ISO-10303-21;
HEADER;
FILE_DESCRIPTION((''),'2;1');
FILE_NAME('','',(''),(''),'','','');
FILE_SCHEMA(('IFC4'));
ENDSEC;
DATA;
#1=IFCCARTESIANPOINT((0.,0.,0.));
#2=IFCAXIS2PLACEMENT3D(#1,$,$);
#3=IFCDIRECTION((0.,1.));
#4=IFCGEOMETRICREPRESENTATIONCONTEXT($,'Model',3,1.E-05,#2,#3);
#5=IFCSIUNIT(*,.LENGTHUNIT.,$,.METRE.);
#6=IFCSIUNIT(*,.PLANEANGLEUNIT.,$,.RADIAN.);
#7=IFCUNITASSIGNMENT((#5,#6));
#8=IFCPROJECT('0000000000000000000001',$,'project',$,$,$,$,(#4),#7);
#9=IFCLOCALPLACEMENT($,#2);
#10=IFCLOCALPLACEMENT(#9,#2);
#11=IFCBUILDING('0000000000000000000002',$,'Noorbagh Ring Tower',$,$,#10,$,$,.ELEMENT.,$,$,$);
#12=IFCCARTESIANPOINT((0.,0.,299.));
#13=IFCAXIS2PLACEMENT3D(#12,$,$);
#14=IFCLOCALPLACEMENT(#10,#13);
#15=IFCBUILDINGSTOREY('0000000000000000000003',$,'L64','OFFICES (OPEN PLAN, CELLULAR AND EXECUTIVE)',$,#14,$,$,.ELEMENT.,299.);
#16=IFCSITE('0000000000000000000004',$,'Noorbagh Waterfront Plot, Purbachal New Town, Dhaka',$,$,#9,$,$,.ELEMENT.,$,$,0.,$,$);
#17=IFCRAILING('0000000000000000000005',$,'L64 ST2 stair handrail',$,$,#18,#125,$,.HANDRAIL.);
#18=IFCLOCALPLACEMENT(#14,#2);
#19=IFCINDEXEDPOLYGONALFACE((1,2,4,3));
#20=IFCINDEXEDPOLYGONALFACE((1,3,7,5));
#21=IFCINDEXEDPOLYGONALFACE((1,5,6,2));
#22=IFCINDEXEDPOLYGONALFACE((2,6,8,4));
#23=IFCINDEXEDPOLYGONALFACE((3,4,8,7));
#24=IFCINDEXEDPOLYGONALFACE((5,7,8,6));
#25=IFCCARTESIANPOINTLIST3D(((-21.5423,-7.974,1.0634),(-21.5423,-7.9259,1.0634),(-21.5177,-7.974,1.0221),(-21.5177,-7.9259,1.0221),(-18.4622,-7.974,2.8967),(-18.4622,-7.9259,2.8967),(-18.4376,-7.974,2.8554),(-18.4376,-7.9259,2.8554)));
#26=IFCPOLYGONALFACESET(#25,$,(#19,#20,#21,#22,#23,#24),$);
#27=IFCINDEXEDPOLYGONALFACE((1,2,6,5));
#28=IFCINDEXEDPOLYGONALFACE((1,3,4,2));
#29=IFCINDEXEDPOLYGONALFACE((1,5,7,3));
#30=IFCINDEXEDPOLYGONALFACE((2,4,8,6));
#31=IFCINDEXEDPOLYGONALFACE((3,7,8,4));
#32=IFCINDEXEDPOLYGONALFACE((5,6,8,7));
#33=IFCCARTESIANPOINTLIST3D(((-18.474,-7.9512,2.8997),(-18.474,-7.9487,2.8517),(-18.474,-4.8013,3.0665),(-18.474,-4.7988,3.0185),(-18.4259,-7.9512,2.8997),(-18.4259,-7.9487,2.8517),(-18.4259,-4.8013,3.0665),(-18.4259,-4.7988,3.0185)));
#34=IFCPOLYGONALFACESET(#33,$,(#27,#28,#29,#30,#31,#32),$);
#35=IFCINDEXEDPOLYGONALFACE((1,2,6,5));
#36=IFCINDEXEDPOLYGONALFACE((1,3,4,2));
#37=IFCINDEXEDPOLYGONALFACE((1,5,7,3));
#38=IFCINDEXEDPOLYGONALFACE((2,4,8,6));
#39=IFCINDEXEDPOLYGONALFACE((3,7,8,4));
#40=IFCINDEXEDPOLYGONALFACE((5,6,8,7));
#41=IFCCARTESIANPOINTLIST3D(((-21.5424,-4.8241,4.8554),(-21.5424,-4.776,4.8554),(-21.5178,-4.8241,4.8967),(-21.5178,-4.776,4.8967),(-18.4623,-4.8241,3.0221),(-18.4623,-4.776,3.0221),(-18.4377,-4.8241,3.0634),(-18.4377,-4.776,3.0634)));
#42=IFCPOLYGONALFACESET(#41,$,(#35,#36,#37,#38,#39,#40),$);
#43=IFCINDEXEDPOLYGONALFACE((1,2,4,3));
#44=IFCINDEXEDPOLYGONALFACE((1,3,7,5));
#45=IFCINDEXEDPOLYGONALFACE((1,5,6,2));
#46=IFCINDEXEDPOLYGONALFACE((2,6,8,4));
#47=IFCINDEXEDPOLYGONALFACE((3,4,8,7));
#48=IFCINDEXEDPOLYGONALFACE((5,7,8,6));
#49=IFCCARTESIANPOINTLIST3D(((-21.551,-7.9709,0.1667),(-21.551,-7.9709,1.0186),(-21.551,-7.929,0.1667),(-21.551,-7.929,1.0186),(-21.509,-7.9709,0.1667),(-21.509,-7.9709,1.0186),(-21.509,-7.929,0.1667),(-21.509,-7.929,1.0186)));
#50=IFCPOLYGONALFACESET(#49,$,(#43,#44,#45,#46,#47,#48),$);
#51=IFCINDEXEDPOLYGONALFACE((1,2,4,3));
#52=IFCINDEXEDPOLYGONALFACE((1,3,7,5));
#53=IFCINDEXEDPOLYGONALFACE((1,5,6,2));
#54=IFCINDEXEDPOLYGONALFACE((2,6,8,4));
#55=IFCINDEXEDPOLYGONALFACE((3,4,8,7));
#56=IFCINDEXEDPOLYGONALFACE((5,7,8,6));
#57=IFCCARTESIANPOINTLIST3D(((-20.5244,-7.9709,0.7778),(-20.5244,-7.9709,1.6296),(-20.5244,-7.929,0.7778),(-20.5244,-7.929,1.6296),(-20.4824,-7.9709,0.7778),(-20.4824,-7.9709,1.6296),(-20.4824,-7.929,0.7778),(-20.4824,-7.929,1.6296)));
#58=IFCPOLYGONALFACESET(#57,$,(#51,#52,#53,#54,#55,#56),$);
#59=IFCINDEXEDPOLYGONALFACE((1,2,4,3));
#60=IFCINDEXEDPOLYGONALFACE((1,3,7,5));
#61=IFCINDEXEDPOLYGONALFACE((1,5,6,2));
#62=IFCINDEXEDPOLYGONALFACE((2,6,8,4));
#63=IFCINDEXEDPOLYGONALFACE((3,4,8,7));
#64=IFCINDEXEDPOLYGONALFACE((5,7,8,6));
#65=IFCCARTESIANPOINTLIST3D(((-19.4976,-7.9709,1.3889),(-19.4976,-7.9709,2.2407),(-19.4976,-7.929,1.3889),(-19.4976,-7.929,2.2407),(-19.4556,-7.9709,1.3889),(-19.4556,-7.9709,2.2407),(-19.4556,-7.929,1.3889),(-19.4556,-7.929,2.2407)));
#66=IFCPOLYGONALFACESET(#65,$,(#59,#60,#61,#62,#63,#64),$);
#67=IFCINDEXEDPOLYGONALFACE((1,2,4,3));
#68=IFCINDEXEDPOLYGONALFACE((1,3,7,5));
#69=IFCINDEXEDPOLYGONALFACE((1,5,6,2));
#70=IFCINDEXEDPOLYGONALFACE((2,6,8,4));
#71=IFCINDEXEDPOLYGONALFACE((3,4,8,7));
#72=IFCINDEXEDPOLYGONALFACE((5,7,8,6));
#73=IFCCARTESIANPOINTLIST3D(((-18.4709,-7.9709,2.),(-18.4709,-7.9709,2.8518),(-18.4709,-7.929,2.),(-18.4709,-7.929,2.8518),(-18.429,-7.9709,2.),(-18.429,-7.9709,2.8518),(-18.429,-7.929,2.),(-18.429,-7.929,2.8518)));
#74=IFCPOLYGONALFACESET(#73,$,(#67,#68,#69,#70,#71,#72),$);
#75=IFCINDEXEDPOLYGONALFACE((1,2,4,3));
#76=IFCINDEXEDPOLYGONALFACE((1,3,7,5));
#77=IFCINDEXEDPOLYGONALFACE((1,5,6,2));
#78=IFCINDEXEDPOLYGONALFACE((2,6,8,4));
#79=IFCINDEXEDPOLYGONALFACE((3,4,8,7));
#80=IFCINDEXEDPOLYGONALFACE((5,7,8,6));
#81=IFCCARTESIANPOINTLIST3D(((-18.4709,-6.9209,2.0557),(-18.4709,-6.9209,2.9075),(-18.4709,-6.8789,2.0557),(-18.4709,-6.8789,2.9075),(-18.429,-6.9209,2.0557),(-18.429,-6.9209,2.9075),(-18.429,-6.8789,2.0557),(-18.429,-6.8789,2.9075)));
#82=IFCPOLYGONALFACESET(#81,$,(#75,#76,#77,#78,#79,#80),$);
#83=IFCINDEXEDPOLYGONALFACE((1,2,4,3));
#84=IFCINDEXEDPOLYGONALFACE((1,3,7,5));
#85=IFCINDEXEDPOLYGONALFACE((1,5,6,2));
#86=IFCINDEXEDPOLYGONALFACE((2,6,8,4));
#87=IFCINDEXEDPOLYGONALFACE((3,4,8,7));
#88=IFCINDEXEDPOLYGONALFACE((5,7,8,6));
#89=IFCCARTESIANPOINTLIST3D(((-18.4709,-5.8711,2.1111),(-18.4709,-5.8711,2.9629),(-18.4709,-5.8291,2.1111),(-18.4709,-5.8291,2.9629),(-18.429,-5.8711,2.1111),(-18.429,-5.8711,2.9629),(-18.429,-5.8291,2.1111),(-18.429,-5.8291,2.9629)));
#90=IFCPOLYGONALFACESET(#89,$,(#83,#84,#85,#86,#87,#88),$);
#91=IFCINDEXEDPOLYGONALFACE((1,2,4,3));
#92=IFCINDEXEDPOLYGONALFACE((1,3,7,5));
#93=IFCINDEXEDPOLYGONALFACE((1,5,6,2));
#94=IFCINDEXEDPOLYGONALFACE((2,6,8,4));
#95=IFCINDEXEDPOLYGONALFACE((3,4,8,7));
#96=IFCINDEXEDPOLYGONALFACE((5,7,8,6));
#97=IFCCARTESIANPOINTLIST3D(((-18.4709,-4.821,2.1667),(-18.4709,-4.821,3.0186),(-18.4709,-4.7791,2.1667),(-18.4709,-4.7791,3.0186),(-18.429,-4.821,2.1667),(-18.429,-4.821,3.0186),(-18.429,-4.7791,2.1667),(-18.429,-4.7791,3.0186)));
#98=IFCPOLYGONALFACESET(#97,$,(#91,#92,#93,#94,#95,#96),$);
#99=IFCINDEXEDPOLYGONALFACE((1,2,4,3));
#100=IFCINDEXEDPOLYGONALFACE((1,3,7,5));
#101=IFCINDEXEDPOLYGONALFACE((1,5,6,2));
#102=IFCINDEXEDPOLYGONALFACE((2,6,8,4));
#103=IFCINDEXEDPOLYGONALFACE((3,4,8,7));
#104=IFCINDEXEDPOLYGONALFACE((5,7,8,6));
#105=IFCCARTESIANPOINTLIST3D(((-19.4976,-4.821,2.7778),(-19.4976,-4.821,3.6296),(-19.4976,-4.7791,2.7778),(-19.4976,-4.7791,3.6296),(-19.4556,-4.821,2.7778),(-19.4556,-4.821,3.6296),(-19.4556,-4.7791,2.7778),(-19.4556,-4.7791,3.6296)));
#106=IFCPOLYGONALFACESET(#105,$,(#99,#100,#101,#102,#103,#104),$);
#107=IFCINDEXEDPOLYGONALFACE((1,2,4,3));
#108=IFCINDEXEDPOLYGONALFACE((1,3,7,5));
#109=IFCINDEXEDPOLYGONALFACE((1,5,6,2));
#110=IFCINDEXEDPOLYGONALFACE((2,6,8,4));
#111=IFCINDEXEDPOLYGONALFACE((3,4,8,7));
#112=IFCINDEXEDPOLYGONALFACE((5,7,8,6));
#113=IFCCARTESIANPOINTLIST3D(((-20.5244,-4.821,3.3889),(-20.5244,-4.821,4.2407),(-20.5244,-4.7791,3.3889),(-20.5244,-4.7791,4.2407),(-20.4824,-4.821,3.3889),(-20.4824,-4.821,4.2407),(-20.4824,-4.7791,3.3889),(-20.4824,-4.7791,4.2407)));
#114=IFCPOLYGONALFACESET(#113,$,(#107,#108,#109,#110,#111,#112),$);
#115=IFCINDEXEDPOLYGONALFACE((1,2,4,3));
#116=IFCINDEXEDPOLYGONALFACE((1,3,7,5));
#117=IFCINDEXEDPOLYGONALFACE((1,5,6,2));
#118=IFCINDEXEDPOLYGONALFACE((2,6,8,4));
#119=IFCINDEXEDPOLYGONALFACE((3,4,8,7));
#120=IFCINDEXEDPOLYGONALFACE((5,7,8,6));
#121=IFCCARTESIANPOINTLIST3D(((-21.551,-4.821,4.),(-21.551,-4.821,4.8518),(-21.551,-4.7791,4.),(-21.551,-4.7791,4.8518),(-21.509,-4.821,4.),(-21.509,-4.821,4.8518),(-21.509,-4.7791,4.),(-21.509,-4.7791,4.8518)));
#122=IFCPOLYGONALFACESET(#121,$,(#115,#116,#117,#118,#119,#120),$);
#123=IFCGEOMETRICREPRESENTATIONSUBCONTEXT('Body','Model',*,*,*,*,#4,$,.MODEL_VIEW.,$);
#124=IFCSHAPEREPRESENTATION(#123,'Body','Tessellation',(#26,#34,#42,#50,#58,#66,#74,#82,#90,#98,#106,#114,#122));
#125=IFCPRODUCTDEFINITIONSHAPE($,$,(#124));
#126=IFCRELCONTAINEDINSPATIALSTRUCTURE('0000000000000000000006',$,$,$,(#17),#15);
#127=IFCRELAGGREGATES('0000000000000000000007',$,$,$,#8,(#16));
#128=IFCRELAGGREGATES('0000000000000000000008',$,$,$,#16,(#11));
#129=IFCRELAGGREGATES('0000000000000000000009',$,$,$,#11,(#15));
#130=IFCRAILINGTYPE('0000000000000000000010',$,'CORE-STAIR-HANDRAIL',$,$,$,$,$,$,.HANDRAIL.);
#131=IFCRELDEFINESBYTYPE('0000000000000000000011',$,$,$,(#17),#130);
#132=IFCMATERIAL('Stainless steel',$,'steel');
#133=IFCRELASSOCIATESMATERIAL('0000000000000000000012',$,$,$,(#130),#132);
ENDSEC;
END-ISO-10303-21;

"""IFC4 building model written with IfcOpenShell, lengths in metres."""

from ifc_helpers import new_model, si_unit, direction, frame, origin, origin_2d, place, context, subcontext, project, spatial, rectangle, extrude, material, type_object, element, save


model = new_model("IFC4")

# Units and contexts
model_context = context("Model", 3, precision=1e-05, world=origin(), true_north=direction((0.0, 1.0)))
body_context = subcontext(model_context, "Body", "Model", "MODEL_VIEW")
ifc_project = project(units=[si_unit("LENGTHUNIT", "METRE"), si_unit("PLANEANGLEUNIT", "RADIAN")], contexts=[model_context])

# Site, building, storey
site_placement = place(None, origin())
site = spatial("IfcSite", under=ifc_project, at=site_placement, Name="Noorbagh Waterfront Plot, Purbachal New Town, Dhaka", CompositionType="ELEMENT", RefElevation=0.0)
building_placement = place(site_placement, origin())
building = spatial("IfcBuilding", under=site, at=building_placement, Name="Noorbagh Ring Tower", CompositionType="ELEMENT")
storey_placement = place(building_placement, frame((0.0, 0.0, 299.0)))
storey = spatial("IfcBuildingStorey", under=building, at=storey_placement, Name="L64", Description="OFFICES (OPEN PLAN, CELLULAR AND EXECUTIVE)", CompositionType="ELEMENT", Elevation=299.0)

# Railing
ifc_material_1 = material(Name="Stainless steel", Category="steel")
railing_type_1 = type_object("IfcRailingType", Name="CORE-STAIR-HANDRAIL", PredefinedType="HANDRAIL", material=ifc_material_1)
railing_1_placement = place(storey_placement, frame((-21.53, -7.95, 0.1667)))
element("IfcRailing", 1, at=railing_1_placement, inside=storey, type_object=railing_type_1, Name="L64 ST2 stair handrail", PredefinedType="HANDRAIL", context=body_context, shape_type="SweptSolid", body=[
    extrude(rectangle(XDim=0.0481, YDim=0.0481, at=origin_2d()), frame((0.0, 0.0, 0.876), z_axis=(0.859309, 0.0, 0.511458), x_axis=(0.0, 1.0, 0.0)), (0.0, 0.0, 1.0), 3.5845),
    extrude(rectangle(XDim=0.0481, YDim=0.0481, at=origin_2d()), frame((3.0801, 0.0, 2.709), z_axis=(0.0, 0.998602, 0.052864), x_axis=(-1.0, 0.0, 0.0)), (0.0, 0.0, 1.0), 3.1543),
    extrude(rectangle(XDim=0.0481, YDim=0.0481, at=origin_2d()), frame((3.0801, 3.1499, 2.876), z_axis=(-0.859309, 0.0, 0.511458), x_axis=(0.0, -1.0, 0.0)), (0.0, 0.0, 1.0), 3.5845),
    extrude(rectangle(XDim=0.042, YDim=0.042, at=origin_2d()), origin(), (0.0, 0.0, 1.0), 0.8518),
    extrude(rectangle(XDim=0.042, YDim=0.042, at=origin_2d()), frame((1.0266, 0.0, 0.6111)), (0.0, 0.0, 1.0), 0.8518),
    extrude(rectangle(XDim=0.042, YDim=0.042, at=origin_2d()), frame((2.0535, 0.0, 1.2222)), (0.0, 0.0, 1.0), 0.8518),
    extrude(rectangle(XDim=0.042, YDim=0.042, at=origin_2d()), frame((3.0801, 0.0, 1.8333)), (0.0, 0.0, 1.0), 0.8518),
    extrude(rectangle(XDim=0.042, YDim=0.042, at=origin_2d()), frame((3.0801, 1.05, 1.8889)), (0.0, 0.0, 1.0), 0.8518),
    extrude(rectangle(XDim=0.042, YDim=0.042, at=origin_2d()), frame((3.0801, 2.0999, 1.9443)), (0.0, 0.0, 1.0), 0.8518),
    extrude(rectangle(XDim=0.042, YDim=0.042, at=origin_2d()), frame((3.0801, 3.1499, 2.0)), (0.0, 0.0, 1.0), 0.8518),
    extrude(rectangle(XDim=0.042, YDim=0.042, at=origin_2d()), frame((2.0535, 3.1499, 2.6111)), (0.0, 0.0, 1.0), 0.8518),
    extrude(rectangle(XDim=0.042, YDim=0.042, at=origin_2d()), frame((1.0266, 3.1499, 3.2222)), (0.0, 0.0, 1.0), 0.8518),
    extrude(rectangle(XDim=0.042, YDim=0.042, at=origin_2d()), frame((0.0, 3.1499, 3.8333)), (0.0, 0.0, 1.0), 0.8518),
])

save(model, "model.ifc")
